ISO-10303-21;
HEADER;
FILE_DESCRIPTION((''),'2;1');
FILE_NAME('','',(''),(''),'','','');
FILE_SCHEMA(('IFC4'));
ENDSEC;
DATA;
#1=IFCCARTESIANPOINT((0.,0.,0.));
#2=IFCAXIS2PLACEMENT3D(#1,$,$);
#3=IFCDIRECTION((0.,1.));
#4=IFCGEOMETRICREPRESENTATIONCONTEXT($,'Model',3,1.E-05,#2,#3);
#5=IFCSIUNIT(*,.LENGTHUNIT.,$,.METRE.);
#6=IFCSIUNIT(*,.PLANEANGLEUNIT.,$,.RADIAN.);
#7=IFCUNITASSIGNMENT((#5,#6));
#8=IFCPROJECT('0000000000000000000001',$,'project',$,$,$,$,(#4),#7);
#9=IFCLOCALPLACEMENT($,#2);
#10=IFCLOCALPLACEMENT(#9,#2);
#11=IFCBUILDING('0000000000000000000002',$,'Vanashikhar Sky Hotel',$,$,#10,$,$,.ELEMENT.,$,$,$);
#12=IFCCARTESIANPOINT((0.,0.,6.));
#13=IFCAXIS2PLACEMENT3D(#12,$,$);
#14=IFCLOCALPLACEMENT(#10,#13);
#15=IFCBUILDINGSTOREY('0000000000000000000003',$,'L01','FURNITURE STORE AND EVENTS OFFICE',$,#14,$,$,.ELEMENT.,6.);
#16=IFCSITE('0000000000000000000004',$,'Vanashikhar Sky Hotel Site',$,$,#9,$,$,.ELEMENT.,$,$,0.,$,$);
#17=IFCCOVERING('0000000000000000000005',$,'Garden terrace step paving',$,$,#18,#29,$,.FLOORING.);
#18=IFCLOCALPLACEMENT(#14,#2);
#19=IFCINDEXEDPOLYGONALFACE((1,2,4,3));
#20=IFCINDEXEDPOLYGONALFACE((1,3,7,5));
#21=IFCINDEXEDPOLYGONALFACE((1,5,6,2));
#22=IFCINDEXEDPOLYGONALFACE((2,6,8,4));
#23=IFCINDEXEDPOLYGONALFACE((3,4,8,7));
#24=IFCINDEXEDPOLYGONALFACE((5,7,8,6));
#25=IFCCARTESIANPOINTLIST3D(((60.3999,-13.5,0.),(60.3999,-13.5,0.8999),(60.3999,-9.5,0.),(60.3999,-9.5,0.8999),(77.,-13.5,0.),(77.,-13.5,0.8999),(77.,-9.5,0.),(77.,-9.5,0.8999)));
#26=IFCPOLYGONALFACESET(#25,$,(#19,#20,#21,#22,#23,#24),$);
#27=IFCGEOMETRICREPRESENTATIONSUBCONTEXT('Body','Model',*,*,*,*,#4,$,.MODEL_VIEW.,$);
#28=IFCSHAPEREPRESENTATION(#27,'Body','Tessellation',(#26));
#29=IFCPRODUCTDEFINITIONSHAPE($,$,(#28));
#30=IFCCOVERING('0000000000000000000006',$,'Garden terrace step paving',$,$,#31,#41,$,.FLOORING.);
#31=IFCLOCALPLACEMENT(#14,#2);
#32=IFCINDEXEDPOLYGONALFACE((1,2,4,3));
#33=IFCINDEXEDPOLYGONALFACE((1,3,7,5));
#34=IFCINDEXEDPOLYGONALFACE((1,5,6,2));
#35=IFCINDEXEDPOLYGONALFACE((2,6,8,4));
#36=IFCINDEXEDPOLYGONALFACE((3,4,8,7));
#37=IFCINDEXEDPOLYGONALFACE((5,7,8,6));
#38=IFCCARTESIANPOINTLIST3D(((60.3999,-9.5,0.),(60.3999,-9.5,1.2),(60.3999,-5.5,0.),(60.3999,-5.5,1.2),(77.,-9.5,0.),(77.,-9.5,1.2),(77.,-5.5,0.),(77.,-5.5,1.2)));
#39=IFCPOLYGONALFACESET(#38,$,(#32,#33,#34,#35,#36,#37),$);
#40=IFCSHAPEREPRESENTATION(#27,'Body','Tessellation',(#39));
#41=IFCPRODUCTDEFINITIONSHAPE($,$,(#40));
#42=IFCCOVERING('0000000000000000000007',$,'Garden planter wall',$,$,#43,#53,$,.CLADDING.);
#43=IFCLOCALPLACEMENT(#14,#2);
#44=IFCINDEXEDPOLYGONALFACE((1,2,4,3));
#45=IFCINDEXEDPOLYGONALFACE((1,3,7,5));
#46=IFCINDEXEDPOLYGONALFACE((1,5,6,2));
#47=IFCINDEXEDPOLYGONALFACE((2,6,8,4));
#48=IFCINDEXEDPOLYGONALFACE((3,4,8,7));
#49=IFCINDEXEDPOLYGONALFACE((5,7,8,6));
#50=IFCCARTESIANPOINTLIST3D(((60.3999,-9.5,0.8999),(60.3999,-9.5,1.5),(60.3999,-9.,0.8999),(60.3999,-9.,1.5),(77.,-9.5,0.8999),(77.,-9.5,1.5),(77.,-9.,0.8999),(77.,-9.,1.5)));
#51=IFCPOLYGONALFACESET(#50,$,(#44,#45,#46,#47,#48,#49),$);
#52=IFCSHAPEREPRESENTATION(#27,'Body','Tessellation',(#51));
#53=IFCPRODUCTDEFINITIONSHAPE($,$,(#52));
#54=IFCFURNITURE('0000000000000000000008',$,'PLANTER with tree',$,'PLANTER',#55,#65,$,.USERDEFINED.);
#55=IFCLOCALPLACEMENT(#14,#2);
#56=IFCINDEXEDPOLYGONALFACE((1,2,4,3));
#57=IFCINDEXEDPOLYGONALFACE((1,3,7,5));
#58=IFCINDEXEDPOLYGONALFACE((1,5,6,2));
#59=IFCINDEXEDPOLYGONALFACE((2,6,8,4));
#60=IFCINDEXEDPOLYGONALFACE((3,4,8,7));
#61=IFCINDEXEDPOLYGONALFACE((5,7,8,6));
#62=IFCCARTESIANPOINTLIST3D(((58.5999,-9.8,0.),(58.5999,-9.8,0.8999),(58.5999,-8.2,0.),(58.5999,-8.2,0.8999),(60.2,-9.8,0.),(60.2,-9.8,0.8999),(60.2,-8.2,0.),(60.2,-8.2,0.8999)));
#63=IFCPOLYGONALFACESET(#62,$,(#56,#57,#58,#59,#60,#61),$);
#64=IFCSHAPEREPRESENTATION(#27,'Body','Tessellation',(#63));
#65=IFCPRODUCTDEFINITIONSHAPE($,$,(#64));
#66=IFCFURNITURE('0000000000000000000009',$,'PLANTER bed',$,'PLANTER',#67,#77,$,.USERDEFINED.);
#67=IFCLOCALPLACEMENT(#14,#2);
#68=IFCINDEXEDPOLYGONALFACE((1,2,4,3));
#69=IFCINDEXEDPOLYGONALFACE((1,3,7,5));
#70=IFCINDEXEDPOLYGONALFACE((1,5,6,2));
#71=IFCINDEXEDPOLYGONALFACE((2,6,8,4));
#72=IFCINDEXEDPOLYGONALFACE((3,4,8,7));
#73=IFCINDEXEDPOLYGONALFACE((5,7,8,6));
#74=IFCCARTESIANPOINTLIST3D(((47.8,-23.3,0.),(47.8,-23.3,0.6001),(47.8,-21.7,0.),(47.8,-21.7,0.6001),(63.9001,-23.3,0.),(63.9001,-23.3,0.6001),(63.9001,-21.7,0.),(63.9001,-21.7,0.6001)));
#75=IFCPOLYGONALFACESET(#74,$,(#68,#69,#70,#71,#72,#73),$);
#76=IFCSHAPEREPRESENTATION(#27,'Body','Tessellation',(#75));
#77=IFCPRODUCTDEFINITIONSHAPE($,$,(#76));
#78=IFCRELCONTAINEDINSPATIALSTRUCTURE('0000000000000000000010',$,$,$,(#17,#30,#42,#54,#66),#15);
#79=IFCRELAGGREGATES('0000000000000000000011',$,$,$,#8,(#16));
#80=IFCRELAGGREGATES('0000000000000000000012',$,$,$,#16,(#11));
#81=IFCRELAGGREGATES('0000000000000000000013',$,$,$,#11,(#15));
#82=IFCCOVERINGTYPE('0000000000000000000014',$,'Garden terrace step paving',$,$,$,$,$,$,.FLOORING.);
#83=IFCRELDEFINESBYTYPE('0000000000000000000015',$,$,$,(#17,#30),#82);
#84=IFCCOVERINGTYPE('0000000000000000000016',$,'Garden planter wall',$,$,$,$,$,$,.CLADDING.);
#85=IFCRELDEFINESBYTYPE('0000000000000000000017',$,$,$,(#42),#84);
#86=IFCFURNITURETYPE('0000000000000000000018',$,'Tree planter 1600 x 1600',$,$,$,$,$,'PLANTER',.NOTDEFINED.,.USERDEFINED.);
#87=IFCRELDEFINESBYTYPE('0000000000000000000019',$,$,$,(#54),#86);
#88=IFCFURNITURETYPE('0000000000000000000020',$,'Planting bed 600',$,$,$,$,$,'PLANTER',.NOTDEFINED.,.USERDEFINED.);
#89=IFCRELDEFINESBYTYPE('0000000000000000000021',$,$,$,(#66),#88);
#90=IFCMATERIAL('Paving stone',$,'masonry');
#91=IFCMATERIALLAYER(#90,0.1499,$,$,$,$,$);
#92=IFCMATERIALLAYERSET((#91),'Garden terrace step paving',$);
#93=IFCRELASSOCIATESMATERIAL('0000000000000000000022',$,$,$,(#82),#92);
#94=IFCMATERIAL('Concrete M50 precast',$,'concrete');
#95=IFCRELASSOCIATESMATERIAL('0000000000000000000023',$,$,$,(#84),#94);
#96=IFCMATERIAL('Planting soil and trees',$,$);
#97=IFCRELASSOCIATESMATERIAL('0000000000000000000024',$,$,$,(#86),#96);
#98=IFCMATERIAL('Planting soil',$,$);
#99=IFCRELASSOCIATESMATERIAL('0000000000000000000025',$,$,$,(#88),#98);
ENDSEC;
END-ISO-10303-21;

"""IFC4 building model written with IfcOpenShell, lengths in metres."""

from ifc_helpers import new_model, si_unit, direction, frame, origin, origin_2d, place, context, subcontext, project, spatial, rectangle, extrude, source, transform, mapped, material, layer, layer_set, type_object, element, save


model = new_model("IFC4")

# Units and contexts
model_context = context("Model", 3, precision=1e-05, world=origin(), true_north=direction((0.0, 1.0)))
body_context = subcontext(model_context, "Body", "Model", "MODEL_VIEW")
ifc_project = project(units=[si_unit("LENGTHUNIT", "METRE"), si_unit("PLANEANGLEUNIT", "RADIAN")], contexts=[model_context])

# Site, building, storey
site_placement = place(None, origin())
site = spatial("IfcSite", under=ifc_project, at=site_placement, Name="Vanashikhar Sky Hotel Site", CompositionType="ELEMENT", RefElevation=0.0)
building_placement = place(site_placement, origin())
building = spatial("IfcBuilding", under=site, at=building_placement, Name="Vanashikhar Sky Hotel", CompositionType="ELEMENT")
storey_placement = place(building_placement, frame((0.0, 0.0, 6.0)))
storey = spatial("IfcBuildingStorey", under=building, at=storey_placement, Name="L01", Description="FURNITURE STORE AND EVENTS OFFICE", CompositionType="ELEMENT", Elevation=6.0)

# Coverings
ifc_material_1 = material(Name="Paving stone", Category="masonry")
ifc_layer_1 = layer(ifc_material_1, 0.1499)
ifc_layer_set_1 = layer_set([ifc_layer_1], Name="Garden terrace step paving")
covering_type_1 = type_object("IfcCoveringType", Name="Garden terrace step paving", PredefinedType="FLOORING", material=ifc_layer_set_1)
ifc_material_2 = material(Name="Concrete M50 precast", Category="concrete")
covering_type_2 = type_object("IfcCoveringType", Name="Garden planter wall", PredefinedType="CLADDING", material=ifc_material_2)
shared_shape_1 = source(origin(), body_context, "Body", "SweptSolid", [
    extrude(rectangle(XDim=16.6001, YDim=4.0, at=origin_2d()), origin(), (0.0, 0.0, 1.0), 0.8999),
])
covering_1_placement = place(storey_placement, frame((68.7, -11.5, 0.0), z_axis=(0.0, 0.0, 1.0), x_axis=(1.0, 0.0, 0.0)))
element("IfcCovering", 1, at=covering_1_placement, inside=storey, type_object=covering_type_1, Name="Garden terrace step paving", PredefinedType="FLOORING", context=body_context, shape_type="MappedRepresentation", body=[
    mapped(shared_shape_1, transform((0.0, 0.0, 0.0), scale=1.0)),
])
shared_shape_2 = source(origin(), body_context, "Body", "SweptSolid", [
    extrude(rectangle(XDim=16.6001, YDim=4.0, at=origin_2d()), origin(), (0.0, 0.0, 1.0), 1.2),
])
covering_2_placement = place(storey_placement, frame((68.7, -7.5, 0.0), z_axis=(0.0, 0.0, 1.0), x_axis=(1.0, 0.0, 0.0)))
element("IfcCovering", 2, at=covering_2_placement, inside=storey, type_object=covering_type_1, Name="Garden terrace step paving", PredefinedType="FLOORING", context=body_context, shape_type="MappedRepresentation", body=[
    mapped(shared_shape_2, transform((0.0, 0.0, 0.0), scale=1.0)),
])
shared_shape_3 = source(origin(), body_context, "Body", "SweptSolid", [
    extrude(rectangle(XDim=16.6001, YDim=0.5, at=origin_2d()), origin(), (0.0, 0.0, 1.0), 0.6001),
])
covering_3_placement = place(storey_placement, frame((68.7, -9.25, 0.8999), z_axis=(0.0, 0.0, 1.0), x_axis=(1.0, 0.0, 0.0)))
element("IfcCovering", 3, at=covering_3_placement, inside=storey, type_object=covering_type_2, Name="Garden planter wall", PredefinedType="CLADDING", context=body_context, shape_type="MappedRepresentation", body=[
    mapped(shared_shape_3, transform((0.0, 0.0, 0.0), scale=1.0)),
])

# Furniture
ifc_material_3 = material(Name="Planting soil and trees")
furniture_type_1 = type_object("IfcFurnitureType", Name="Tree planter 1600 x 1600", ElementType="PLANTER", AssemblyPlace="NOTDEFINED", PredefinedType="USERDEFINED", material=ifc_material_3)
shared_shape_4 = source(origin(), body_context, "Body", "SweptSolid", [
    extrude(rectangle(XDim=1.6001, YDim=1.6001, at=origin_2d()), origin(), (0.0, 0.0, 1.0), 0.8999),
])
furniture_1_placement = place(storey_placement, frame((59.3999, -9.0, 0.0), z_axis=(0.0, 0.0, 1.0), x_axis=(1.0, 0.0, 0.0)))
element("IfcFurniture", 4, at=furniture_1_placement, inside=storey, type_object=furniture_type_1, Name="PLANTER with tree", ObjectType="PLANTER", PredefinedType="USERDEFINED", context=body_context, shape_type="MappedRepresentation", body=[
    mapped(shared_shape_4, transform((0.0, 0.0, 0.0), scale=1.0)),
])
ifc_material_4 = material(Name="Planting soil")
furniture_type_2 = type_object("IfcFurnitureType", Name="Planting bed 600", ElementType="PLANTER", AssemblyPlace="NOTDEFINED", PredefinedType="USERDEFINED", material=ifc_material_4)
shared_shape_5 = source(origin(), body_context, "Body", "SweptSolid", [
    extrude(rectangle(XDim=16.1001, YDim=1.6001, at=origin_2d()), origin(), (0.0, 0.0, 1.0), 0.6001),
])
furniture_2_placement = place(storey_placement, frame((55.8501, -22.5, 0.0), z_axis=(0.0, 0.0, 1.0), x_axis=(1.0, 0.0, 0.0)))
element("IfcFurniture", 5, at=furniture_2_placement, inside=storey, type_object=furniture_type_2, Name="PLANTER bed", ObjectType="PLANTER", PredefinedType="USERDEFINED", context=body_context, shape_type="MappedRepresentation", body=[
    mapped(shared_shape_5, transform((0.0, 0.0, 0.0), scale=1.0)),
])

save(model, "model.ifc")
